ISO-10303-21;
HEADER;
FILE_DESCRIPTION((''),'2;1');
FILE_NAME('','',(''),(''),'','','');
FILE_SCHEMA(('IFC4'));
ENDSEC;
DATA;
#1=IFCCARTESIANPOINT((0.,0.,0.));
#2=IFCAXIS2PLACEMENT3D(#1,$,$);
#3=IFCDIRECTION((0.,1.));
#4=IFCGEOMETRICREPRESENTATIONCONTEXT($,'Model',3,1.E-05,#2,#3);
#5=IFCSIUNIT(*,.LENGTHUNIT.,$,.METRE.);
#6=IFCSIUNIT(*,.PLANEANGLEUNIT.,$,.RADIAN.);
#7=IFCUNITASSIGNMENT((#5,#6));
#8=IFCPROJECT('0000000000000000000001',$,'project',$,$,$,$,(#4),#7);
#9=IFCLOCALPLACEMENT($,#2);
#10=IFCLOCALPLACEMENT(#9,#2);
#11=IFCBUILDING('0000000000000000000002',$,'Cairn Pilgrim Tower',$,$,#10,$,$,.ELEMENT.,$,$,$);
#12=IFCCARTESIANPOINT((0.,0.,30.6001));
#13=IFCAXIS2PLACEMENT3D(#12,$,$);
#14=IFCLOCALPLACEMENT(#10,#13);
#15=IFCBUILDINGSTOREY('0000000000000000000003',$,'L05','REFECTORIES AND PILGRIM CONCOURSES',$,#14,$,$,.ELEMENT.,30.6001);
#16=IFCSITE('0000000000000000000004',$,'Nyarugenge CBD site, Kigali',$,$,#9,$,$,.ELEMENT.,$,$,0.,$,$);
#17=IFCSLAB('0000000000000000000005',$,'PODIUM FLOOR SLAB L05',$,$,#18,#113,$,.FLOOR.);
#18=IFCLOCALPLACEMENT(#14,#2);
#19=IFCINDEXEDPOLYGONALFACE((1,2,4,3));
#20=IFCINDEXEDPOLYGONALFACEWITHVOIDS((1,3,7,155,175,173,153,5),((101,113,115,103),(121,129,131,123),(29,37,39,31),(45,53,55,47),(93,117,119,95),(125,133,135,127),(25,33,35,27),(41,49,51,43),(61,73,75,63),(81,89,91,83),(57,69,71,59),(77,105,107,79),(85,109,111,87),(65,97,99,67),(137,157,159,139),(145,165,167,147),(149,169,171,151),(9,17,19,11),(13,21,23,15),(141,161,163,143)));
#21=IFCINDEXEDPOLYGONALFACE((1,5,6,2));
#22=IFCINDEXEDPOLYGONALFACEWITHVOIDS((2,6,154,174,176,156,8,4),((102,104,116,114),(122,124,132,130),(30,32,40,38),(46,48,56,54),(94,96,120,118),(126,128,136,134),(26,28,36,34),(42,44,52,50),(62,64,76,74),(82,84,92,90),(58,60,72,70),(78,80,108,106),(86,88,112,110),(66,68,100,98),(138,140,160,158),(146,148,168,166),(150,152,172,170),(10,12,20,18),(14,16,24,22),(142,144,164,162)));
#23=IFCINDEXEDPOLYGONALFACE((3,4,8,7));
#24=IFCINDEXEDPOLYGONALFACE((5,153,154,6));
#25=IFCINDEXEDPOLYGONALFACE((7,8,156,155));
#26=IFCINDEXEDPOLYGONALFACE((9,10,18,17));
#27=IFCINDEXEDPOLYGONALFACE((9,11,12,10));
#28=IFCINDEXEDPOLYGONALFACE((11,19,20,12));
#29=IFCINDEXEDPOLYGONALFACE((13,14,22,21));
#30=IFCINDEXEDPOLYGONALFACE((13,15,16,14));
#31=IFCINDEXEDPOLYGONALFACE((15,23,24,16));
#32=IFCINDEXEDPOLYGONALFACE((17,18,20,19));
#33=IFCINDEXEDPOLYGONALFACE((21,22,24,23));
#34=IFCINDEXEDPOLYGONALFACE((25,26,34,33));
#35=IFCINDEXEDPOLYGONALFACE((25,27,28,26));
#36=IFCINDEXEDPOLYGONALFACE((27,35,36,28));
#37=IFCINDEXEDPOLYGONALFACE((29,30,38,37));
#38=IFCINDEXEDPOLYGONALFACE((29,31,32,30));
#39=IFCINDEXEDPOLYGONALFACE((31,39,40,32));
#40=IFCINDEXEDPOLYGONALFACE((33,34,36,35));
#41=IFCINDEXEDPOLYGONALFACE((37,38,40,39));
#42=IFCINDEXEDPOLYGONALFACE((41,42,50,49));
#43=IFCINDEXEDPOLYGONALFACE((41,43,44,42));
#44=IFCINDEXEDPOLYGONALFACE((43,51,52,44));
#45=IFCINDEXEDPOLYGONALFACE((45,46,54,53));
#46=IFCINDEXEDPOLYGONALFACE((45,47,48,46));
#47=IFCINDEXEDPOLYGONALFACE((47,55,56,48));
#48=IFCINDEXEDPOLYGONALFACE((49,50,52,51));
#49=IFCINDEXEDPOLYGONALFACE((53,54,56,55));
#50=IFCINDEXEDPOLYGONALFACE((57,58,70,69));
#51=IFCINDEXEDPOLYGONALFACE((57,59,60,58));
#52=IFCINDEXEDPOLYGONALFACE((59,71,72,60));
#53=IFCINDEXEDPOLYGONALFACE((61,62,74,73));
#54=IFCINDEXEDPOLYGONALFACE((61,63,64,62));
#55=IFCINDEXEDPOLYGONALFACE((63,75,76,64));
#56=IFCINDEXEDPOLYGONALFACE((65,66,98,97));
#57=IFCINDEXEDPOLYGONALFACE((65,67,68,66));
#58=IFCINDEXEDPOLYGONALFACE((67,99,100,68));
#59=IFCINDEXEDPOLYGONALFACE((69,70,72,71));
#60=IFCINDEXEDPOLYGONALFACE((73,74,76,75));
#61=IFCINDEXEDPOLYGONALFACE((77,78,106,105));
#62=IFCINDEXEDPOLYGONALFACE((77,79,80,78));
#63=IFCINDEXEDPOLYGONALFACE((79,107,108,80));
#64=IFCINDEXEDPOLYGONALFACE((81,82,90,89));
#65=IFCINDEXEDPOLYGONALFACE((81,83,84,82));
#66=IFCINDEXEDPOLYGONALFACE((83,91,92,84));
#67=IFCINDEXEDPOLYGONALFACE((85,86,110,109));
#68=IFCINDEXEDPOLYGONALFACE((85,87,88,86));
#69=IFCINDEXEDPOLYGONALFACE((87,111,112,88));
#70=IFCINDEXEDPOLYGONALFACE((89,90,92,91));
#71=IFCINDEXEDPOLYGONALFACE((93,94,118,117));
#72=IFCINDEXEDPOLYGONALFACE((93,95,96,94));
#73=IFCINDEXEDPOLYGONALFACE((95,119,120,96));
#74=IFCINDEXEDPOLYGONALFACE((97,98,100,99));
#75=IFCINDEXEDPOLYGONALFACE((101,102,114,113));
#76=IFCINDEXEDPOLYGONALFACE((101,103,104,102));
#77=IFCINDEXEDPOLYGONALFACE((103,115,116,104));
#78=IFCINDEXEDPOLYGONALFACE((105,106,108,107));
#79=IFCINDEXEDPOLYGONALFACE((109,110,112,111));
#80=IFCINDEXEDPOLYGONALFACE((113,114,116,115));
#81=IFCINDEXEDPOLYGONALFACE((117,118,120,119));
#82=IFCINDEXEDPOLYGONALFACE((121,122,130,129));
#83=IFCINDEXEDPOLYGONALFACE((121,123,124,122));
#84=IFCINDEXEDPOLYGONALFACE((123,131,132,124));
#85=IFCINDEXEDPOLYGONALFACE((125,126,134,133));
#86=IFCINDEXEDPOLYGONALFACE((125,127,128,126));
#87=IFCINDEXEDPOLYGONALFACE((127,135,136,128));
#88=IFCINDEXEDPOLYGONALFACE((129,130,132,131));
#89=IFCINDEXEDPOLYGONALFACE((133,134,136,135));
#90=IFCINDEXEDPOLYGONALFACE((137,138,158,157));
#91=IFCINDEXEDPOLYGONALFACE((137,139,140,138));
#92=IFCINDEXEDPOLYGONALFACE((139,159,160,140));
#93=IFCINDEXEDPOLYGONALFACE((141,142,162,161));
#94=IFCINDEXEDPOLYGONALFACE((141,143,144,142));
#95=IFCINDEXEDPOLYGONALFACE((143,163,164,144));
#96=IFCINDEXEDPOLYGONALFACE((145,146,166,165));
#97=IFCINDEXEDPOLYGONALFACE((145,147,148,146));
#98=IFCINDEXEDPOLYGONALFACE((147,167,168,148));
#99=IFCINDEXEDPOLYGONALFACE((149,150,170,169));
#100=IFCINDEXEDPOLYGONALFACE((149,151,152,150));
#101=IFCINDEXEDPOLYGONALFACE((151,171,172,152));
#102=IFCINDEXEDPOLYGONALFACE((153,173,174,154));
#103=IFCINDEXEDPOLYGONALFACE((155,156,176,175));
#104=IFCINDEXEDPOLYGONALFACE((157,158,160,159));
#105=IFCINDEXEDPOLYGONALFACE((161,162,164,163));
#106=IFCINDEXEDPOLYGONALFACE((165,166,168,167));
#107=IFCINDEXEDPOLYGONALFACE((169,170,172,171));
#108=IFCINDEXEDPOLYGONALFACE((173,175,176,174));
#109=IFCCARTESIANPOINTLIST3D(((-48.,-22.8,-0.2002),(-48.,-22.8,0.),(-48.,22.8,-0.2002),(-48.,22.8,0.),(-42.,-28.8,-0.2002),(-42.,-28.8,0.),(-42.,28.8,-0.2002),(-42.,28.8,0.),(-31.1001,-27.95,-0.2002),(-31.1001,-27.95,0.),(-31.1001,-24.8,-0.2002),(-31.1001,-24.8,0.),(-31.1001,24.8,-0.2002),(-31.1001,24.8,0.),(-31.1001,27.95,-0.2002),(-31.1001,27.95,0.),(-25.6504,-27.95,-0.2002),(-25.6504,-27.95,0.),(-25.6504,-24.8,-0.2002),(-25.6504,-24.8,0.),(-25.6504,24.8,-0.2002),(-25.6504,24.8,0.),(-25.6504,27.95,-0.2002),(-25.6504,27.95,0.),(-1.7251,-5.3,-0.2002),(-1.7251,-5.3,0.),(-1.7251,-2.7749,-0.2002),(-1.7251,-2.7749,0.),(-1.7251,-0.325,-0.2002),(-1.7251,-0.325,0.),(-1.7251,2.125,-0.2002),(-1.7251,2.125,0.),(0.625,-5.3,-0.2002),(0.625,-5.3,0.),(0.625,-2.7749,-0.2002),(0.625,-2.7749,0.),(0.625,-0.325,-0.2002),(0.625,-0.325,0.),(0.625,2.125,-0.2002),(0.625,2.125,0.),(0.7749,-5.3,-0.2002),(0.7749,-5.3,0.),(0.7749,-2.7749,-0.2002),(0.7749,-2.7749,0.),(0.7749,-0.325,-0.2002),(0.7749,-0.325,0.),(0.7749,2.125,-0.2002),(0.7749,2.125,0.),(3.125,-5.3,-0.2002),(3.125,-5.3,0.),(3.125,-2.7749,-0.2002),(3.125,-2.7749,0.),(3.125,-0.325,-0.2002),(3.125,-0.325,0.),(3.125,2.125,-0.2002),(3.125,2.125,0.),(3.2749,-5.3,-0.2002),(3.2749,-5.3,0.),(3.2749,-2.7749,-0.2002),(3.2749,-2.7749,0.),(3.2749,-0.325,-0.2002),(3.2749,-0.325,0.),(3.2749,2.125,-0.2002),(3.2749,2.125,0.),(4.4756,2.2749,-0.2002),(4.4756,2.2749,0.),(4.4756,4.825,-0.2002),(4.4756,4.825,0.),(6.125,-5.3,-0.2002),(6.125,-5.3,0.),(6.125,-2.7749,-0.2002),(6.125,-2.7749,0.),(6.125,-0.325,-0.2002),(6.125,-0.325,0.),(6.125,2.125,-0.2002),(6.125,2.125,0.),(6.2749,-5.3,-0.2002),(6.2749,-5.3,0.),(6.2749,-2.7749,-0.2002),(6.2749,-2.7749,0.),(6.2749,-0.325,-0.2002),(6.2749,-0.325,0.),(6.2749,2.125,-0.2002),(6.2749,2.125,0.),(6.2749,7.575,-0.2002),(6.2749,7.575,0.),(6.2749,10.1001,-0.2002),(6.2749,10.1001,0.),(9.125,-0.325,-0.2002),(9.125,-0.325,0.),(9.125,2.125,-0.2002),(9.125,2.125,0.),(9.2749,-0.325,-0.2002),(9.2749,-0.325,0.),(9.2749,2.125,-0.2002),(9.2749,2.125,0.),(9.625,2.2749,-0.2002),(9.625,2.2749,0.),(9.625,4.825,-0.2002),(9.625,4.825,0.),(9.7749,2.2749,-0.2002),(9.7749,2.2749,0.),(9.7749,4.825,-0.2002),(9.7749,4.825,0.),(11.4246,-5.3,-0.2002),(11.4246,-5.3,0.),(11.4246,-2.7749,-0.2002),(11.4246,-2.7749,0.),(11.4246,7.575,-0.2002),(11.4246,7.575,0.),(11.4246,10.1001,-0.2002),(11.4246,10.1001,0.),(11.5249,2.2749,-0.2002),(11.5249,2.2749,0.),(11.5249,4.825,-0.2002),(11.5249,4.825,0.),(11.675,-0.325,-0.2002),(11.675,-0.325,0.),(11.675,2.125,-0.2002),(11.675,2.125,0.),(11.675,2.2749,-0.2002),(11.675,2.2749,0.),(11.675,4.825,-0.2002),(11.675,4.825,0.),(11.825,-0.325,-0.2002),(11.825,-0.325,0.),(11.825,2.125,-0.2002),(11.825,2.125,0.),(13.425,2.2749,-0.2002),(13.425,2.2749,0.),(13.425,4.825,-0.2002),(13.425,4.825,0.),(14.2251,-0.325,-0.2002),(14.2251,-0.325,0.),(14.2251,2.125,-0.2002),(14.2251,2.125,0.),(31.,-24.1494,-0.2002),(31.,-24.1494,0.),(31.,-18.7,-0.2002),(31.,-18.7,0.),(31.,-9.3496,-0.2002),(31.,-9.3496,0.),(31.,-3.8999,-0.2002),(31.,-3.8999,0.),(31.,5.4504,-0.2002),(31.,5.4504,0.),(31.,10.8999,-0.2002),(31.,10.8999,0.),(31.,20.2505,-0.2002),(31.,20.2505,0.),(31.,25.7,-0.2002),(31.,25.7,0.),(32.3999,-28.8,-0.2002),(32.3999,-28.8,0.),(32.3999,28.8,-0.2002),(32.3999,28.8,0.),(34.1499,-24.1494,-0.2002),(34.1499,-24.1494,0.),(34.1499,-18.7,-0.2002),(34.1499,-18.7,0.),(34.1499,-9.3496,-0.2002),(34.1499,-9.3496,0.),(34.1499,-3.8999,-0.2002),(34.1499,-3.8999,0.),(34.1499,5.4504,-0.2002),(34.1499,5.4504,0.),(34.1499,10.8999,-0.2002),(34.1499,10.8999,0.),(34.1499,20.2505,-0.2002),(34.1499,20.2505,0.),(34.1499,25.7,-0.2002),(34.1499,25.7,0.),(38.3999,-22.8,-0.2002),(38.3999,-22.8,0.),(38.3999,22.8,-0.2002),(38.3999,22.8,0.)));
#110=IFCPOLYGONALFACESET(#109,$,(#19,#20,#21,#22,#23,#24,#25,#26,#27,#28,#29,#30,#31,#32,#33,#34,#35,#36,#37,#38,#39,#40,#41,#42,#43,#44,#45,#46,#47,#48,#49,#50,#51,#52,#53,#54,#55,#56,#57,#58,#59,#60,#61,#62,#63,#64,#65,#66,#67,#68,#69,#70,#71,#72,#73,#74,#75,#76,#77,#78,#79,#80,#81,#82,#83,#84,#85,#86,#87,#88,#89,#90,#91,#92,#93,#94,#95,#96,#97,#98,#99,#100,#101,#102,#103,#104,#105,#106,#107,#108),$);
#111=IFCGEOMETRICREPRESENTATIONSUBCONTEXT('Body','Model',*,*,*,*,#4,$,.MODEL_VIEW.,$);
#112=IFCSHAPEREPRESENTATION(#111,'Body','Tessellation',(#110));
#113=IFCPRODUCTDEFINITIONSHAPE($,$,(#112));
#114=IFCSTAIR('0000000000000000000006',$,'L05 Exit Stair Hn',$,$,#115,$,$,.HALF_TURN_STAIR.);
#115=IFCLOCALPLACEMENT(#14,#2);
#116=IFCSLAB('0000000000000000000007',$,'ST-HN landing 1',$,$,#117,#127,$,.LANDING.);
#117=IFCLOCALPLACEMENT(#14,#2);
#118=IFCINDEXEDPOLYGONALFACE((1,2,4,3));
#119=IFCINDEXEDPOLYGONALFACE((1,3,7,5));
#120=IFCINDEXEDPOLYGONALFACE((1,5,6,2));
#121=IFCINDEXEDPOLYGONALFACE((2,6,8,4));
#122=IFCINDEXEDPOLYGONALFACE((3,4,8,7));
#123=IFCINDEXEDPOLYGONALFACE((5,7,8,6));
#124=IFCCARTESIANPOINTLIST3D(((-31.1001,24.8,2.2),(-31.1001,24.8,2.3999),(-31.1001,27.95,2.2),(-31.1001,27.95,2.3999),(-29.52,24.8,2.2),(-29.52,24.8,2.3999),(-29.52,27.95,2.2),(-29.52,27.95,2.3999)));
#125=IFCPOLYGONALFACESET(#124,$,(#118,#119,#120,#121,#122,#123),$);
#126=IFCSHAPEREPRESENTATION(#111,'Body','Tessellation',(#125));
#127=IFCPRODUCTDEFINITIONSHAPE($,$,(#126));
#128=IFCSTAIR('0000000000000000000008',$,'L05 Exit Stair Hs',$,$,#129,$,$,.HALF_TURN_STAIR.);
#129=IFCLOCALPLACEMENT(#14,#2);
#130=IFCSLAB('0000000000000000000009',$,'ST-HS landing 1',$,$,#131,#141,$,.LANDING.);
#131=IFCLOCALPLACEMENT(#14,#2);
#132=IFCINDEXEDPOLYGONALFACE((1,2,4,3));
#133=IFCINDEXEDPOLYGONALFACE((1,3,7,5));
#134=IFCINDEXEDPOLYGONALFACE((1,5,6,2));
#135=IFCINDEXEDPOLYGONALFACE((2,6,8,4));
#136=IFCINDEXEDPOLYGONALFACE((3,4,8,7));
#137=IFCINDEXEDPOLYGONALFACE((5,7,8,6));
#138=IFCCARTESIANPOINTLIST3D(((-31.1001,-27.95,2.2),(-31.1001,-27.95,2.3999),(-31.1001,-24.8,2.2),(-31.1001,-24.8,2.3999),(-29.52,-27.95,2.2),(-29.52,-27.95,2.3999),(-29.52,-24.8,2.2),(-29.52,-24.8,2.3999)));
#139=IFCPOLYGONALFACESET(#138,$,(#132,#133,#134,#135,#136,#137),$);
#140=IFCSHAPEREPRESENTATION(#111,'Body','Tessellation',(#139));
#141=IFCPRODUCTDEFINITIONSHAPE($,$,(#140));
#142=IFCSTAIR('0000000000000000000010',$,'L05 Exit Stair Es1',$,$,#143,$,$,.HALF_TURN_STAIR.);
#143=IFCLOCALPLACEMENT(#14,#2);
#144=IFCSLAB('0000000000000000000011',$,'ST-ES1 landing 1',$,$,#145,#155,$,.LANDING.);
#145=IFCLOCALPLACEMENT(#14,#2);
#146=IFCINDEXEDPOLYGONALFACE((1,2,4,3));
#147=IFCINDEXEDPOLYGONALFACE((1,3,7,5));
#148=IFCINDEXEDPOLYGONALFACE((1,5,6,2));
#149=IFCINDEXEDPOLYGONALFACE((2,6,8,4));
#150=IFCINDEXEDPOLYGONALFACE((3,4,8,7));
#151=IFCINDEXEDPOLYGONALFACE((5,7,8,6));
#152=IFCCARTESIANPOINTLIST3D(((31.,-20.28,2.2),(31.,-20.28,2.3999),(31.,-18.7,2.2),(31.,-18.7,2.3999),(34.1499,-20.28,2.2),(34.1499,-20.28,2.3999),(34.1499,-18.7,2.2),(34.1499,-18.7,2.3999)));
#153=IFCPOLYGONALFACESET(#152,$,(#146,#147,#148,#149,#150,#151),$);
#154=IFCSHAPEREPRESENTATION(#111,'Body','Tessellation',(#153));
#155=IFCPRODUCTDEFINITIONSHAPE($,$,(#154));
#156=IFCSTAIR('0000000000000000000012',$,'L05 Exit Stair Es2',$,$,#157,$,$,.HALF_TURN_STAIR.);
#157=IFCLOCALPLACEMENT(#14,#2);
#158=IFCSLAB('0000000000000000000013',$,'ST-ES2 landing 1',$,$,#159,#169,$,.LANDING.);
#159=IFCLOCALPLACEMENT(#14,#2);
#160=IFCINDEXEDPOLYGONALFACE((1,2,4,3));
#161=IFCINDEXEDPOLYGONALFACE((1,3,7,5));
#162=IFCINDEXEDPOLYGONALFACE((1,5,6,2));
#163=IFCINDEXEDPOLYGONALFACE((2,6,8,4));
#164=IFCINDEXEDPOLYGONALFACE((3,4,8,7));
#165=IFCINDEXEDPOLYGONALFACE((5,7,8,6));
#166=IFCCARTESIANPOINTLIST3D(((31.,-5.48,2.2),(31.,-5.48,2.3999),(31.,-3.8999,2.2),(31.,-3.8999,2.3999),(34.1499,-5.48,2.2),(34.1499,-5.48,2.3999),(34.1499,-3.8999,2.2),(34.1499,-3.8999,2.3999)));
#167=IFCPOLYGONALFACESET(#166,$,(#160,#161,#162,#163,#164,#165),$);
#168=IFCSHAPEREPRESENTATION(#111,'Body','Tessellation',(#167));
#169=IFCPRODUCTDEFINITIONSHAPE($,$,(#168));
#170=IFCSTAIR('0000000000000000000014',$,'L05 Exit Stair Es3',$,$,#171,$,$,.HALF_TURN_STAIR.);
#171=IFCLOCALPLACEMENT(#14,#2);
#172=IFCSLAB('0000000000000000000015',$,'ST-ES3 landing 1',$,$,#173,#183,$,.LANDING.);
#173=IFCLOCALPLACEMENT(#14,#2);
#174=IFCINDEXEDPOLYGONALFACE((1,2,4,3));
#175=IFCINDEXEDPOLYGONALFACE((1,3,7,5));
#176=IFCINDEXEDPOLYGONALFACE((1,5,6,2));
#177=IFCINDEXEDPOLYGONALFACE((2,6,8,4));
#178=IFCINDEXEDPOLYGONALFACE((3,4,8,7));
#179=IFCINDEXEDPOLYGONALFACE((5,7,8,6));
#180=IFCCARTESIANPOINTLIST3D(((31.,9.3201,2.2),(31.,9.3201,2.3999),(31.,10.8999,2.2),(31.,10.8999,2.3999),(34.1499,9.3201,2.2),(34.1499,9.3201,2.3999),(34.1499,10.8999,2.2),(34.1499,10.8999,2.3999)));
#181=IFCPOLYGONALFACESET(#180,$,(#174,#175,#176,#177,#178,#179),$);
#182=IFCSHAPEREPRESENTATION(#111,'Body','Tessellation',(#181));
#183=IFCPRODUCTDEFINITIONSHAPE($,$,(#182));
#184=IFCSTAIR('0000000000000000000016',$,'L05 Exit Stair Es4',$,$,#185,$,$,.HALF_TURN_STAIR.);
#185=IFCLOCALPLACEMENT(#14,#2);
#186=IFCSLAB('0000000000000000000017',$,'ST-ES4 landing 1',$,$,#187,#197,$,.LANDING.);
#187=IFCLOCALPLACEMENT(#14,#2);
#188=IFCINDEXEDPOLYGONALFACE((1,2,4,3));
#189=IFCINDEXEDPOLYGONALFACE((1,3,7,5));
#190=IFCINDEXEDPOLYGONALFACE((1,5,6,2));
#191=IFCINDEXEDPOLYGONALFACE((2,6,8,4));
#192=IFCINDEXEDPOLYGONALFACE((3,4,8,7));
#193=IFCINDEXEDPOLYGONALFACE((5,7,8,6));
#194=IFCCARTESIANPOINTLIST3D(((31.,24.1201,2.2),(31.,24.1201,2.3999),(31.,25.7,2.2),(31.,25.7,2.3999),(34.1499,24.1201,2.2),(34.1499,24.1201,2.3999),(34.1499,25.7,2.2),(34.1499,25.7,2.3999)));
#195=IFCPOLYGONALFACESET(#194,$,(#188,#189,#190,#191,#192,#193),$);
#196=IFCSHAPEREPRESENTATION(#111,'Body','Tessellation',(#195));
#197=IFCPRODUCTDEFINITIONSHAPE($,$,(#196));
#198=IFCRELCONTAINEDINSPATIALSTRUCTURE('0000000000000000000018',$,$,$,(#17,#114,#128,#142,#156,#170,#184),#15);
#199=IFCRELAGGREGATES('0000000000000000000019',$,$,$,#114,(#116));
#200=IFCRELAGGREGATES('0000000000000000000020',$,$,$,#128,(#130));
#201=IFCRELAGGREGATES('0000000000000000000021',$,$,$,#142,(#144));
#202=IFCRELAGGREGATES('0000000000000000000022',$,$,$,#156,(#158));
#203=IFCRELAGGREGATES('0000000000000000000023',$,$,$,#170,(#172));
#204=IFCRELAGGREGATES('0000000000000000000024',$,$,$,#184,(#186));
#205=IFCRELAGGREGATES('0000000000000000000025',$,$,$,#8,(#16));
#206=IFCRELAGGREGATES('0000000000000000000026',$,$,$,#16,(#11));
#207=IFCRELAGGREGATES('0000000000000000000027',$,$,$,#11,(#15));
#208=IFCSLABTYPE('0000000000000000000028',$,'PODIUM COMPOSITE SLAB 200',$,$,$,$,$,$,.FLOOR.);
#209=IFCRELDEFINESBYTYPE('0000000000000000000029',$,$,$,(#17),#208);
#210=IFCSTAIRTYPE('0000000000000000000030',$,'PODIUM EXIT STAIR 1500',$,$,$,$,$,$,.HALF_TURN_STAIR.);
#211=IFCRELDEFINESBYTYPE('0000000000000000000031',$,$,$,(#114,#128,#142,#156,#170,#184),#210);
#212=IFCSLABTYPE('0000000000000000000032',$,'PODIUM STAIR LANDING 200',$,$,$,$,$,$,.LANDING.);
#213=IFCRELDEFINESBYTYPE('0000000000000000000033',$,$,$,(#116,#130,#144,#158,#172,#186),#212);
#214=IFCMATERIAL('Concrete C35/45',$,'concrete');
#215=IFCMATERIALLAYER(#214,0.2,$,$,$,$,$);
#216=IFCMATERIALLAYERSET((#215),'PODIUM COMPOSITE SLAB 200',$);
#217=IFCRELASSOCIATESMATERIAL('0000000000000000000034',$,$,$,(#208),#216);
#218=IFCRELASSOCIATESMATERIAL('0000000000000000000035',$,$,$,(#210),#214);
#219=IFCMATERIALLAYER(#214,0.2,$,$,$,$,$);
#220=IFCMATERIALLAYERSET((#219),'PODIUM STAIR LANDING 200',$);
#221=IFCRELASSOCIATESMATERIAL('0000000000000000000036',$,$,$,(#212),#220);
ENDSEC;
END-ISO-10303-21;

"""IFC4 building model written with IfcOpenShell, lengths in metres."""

from ifc_helpers import new_model, si_unit, direction, frame, origin, place, context, subcontext, project, spatial, polyline, outline, extrude, material, layer, layer_set, type_object, element, aggregate, save


model = new_model("IFC4")

# Units and contexts
model_context = context("Model", 3, precision=1e-05, world=origin(), true_north=direction((0.0, 1.0)))
body_context = subcontext(model_context, "Body", "Model", "MODEL_VIEW")
ifc_project = project(units=[si_unit("LENGTHUNIT", "METRE"), si_unit("PLANEANGLEUNIT", "RADIAN")], contexts=[model_context])

# Site, building, storey
site_placement = place(None, origin())
site = spatial("IfcSite", under=ifc_project, at=site_placement, Name="Nyarugenge CBD site, Kigali", CompositionType="ELEMENT", RefElevation=0.0)
building_placement = place(site_placement, origin())
building = spatial("IfcBuilding", under=site, at=building_placement, Name="Cairn Pilgrim Tower", CompositionType="ELEMENT")
storey_placement = place(building_placement, frame((0.0, 0.0, 30.6001)))
storey = spatial("IfcBuildingStorey", under=building, at=storey_placement, Name="L05", Description="REFECTORIES AND PILGRIM CONCOURSES", CompositionType="ELEMENT", Elevation=30.6001)

# Slab
ifc_material_1 = material(Name="Concrete C35/45", Category="concrete")
ifc_layer_1 = layer(ifc_material_1, 0.2)
ifc_layer_set_1 = layer_set([ifc_layer_1], Name="PODIUM COMPOSITE SLAB 200")
slab_type_1 = type_object("IfcSlabType", Name="PODIUM COMPOSITE SLAB 200", PredefinedType="FLOOR", material=ifc_layer_set_1)
slab_1_placement = place(storey_placement, frame((0.0, 0.0, -0.2002)))
element("IfcSlab", 1, at=slab_1_placement, inside=storey, type_object=slab_type_1, Name="PODIUM FLOOR SLAB L05", PredefinedType="FLOOR", context=body_context, shape_type="SweptSolid", body=[
    extrude(outline(polyline([(-42.0, 28.8), (-48.0, 22.8), (-48.0, -22.8), (-42.0, -28.8), (32.3999, -28.8), (38.3999, -22.8), (38.3999, 22.8), (32.3999, 28.8), (-42.0, 28.8)]), holes=[polyline([(-1.7251, -2.7749), (0.625, -2.7749), (0.625, -5.3), (-1.7251, -5.3), (-1.7251, -2.7749)]), polyline([(3.125, -2.7749), (3.125, -5.3), (0.7749, -5.3), (0.7749, -2.7749), (3.125, -2.7749)]), polyline([(0.625, -0.325), (-1.7251, -0.325), (-1.7251, 2.125), (0.625, 2.125), (0.625, -0.325)]), polyline([(0.7749, -0.325), (0.7749, 2.125), (3.125, 2.125), (3.125, -0.325), (0.7749, -0.325)]), polyline([(3.2749, -2.7749), (6.125, -2.7749), (6.125, -5.3), (3.2749, -5.3), (3.2749, -2.7749)]), polyline([(6.125, 2.125), (6.125, -0.325), (3.2749, -0.325), (3.2749, 2.125), (6.125, 2.125)]), polyline([(9.125, -0.325), (6.2749, -0.325), (6.2749, 2.125), (9.125, 2.125), (9.125, -0.325)]), polyline([(9.2749, -0.325), (9.2749, 2.125), (11.675, 2.125), (11.675, -0.325), (9.2749, -0.325)]), polyline([(11.825, 2.125), (14.2251, 2.125), (14.2251, -0.325), (11.825, -0.325), (11.825, 2.125)]), polyline([(11.5249, 4.825), (11.5249, 2.2749), (9.7749, 2.2749), (9.7749, 4.825), (11.5249, 4.825)]), polyline([(13.425, 2.2749), (11.675, 2.2749), (11.675, 4.825), (13.425, 4.825), (13.425, 2.2749)]), polyline([(11.4246, -2.7749), (11.4246, -5.3), (6.2749, -5.3), (6.2749, -2.7749), (11.4246, -2.7749)]), polyline([(4.4756, 4.825), (9.625, 4.825), (9.625, 2.2749), (4.4756, 2.2749), (4.4756, 4.825)]), polyline([(6.2749, 7.575), (6.2749, 10.1001), (11.4246, 10.1001), (11.4246, 7.575), (6.2749, 7.575)]), polyline([(-31.1001, 27.95), (-25.6504, 27.95), (-25.6504, 24.8), (-31.1001, 24.8), (-31.1001, 27.95)]), polyline([(-25.6504, -24.8), (-25.6504, -27.95), (-31.1001, -27.95), (-31.1001, -24.8), (-25.6504, -24.8)]), polyline([(31.0, -24.1494), (31.0, -18.7), (34.1499, -18.7), (34.1499, -24.1494), (31.0, -24.1494)]), polyline([(31.0, -3.8999), (34.1499, -3.8999), (34.1499, -9.3496), (31.0, -9.3496), (31.0, -3.8999)]), polyline([(34.1499, 10.8999), (34.1499, 5.4504), (31.0, 5.4504), (31.0, 10.8999), (34.1499, 10.8999)]), polyline([(34.1499, 20.2505), (31.0, 20.2505), (31.0, 25.7), (34.1499, 25.7), (34.1499, 20.2505)])]), origin(), (0.0, 0.0, 1.0), 0.2002),
])

# Stairs, slabs
stair_type_1 = type_object("IfcStairType", Name="PODIUM EXIT STAIR 1500", PredefinedType="HALF_TURN_STAIR", material=ifc_material_1)
stair_1_placement = place(storey_placement, origin())
stair_1 = element("IfcStair", 2, at=stair_1_placement, inside=storey, type_object=stair_type_1, Name="L05 Exit Stair Hn", PredefinedType="HALF_TURN_STAIR")
ifc_layer_2 = layer(ifc_material_1, 0.2)
ifc_layer_set_2 = layer_set([ifc_layer_2], Name="PODIUM STAIR LANDING 200")
slab_type_2 = type_object("IfcSlabType", Name="PODIUM STAIR LANDING 200", PredefinedType="LANDING", material=ifc_layer_set_2)
slab_2_placement = place(storey_placement, frame((0.0, 0.0, 2.2)))
slab_2 = element("IfcSlab", 3, at=slab_2_placement, type_object=slab_type_2, Name="ST-HN landing 1", PredefinedType="LANDING", context=body_context, shape_type="SweptSolid", body=[
    extrude(outline(polyline([(-29.52, 27.95), (-31.1001, 27.95), (-31.1001, 24.8), (-29.52, 24.8), (-29.52, 27.95)])), origin(), (0.0, 0.0, 1.0), 0.2),
])
aggregate(stair_1, [slab_2])
stair_2_placement = place(storey_placement, origin())
stair_2 = element("IfcStair", 4, at=stair_2_placement, inside=storey, type_object=stair_type_1, Name="L05 Exit Stair Hs", PredefinedType="HALF_TURN_STAIR")
slab_3_placement = place(storey_placement, frame((0.0, 0.0, 2.2)))
slab_3 = element("IfcSlab", 5, at=slab_3_placement, type_object=slab_type_2, Name="ST-HS landing 1", PredefinedType="LANDING", context=body_context, shape_type="SweptSolid", body=[
    extrude(outline(polyline([(-29.52, -24.8), (-31.1001, -24.8), (-31.1001, -27.95), (-29.52, -27.95), (-29.52, -24.8)])), origin(), (0.0, 0.0, 1.0), 0.2),
])
aggregate(stair_2, [slab_3])
stair_3_placement = place(storey_placement, origin())
stair_3 = element("IfcStair", 6, at=stair_3_placement, inside=storey, type_object=stair_type_1, Name="L05 Exit Stair Es1", PredefinedType="HALF_TURN_STAIR")
slab_4_placement = place(storey_placement, frame((0.0, 0.0, 2.2)))
slab_4 = element("IfcSlab", 7, at=slab_4_placement, type_object=slab_type_2, Name="ST-ES1 landing 1", PredefinedType="LANDING", context=body_context, shape_type="SweptSolid", body=[
    extrude(outline(polyline([(34.1499, -20.28), (34.1499, -18.7), (31.0, -18.7), (31.0, -20.28), (34.1499, -20.28)])), origin(), (0.0, 0.0, 1.0), 0.2),
])
aggregate(stair_3, [slab_4])
stair_4_placement = place(storey_placement, origin())
stair_4 = element("IfcStair", 8, at=stair_4_placement, inside=storey, type_object=stair_type_1, Name="L05 Exit Stair Es2", PredefinedType="HALF_TURN_STAIR")
slab_5_placement = place(storey_placement, frame((0.0, 0.0, 2.2)))
slab_5 = element("IfcSlab", 9, at=slab_5_placement, type_object=slab_type_2, Name="ST-ES2 landing 1", PredefinedType="LANDING", context=body_context, shape_type="SweptSolid", body=[
    extrude(outline(polyline([(34.1499, -5.48), (34.1499, -3.8999), (31.0, -3.8999), (31.0, -5.48), (34.1499, -5.48)])), origin(), (0.0, 0.0, 1.0), 0.2),
])
aggregate(stair_4, [slab_5])
stair_5_placement = place(storey_placement, origin())
stair_5 = element("IfcStair", 10, at=stair_5_placement, inside=storey, type_object=stair_type_1, Name="L05 Exit Stair Es3", PredefinedType="HALF_TURN_STAIR")
slab_6_placement = place(storey_placement, frame((0.0, 0.0, 2.2)))
slab_6 = element("IfcSlab", 11, at=slab_6_placement, type_object=slab_type_2, Name="ST-ES3 landing 1", PredefinedType="LANDING", context=body_context, shape_type="SweptSolid", body=[
    extrude(outline(polyline([(34.1499, 9.3201), (34.1499, 10.8999), (31.0, 10.8999), (31.0, 9.3201), (34.1499, 9.3201)])), origin(), (0.0, 0.0, 1.0), 0.2),
])
aggregate(stair_5, [slab_6])
stair_6_placement = place(storey_placement, origin())
stair_6 = element("IfcStair", 12, at=stair_6_placement, inside=storey, type_object=stair_type_1, Name="L05 Exit Stair Es4", PredefinedType="HALF_TURN_STAIR")
slab_7_placement = place(storey_placement, frame((0.0, 0.0, 2.2)))
slab_7 = element("IfcSlab", 13, at=slab_7_placement, type_object=slab_type_2, Name="ST-ES4 landing 1", PredefinedType="LANDING", context=body_context, shape_type="SweptSolid", body=[
    extrude(outline(polyline([(34.1499, 24.1201), (34.1499, 25.7), (31.0, 25.7), (31.0, 24.1201), (34.1499, 24.1201)])), origin(), (0.0, 0.0, 1.0), 0.2),
])
aggregate(stair_6, [slab_7])

save(model, "model.ifc")
